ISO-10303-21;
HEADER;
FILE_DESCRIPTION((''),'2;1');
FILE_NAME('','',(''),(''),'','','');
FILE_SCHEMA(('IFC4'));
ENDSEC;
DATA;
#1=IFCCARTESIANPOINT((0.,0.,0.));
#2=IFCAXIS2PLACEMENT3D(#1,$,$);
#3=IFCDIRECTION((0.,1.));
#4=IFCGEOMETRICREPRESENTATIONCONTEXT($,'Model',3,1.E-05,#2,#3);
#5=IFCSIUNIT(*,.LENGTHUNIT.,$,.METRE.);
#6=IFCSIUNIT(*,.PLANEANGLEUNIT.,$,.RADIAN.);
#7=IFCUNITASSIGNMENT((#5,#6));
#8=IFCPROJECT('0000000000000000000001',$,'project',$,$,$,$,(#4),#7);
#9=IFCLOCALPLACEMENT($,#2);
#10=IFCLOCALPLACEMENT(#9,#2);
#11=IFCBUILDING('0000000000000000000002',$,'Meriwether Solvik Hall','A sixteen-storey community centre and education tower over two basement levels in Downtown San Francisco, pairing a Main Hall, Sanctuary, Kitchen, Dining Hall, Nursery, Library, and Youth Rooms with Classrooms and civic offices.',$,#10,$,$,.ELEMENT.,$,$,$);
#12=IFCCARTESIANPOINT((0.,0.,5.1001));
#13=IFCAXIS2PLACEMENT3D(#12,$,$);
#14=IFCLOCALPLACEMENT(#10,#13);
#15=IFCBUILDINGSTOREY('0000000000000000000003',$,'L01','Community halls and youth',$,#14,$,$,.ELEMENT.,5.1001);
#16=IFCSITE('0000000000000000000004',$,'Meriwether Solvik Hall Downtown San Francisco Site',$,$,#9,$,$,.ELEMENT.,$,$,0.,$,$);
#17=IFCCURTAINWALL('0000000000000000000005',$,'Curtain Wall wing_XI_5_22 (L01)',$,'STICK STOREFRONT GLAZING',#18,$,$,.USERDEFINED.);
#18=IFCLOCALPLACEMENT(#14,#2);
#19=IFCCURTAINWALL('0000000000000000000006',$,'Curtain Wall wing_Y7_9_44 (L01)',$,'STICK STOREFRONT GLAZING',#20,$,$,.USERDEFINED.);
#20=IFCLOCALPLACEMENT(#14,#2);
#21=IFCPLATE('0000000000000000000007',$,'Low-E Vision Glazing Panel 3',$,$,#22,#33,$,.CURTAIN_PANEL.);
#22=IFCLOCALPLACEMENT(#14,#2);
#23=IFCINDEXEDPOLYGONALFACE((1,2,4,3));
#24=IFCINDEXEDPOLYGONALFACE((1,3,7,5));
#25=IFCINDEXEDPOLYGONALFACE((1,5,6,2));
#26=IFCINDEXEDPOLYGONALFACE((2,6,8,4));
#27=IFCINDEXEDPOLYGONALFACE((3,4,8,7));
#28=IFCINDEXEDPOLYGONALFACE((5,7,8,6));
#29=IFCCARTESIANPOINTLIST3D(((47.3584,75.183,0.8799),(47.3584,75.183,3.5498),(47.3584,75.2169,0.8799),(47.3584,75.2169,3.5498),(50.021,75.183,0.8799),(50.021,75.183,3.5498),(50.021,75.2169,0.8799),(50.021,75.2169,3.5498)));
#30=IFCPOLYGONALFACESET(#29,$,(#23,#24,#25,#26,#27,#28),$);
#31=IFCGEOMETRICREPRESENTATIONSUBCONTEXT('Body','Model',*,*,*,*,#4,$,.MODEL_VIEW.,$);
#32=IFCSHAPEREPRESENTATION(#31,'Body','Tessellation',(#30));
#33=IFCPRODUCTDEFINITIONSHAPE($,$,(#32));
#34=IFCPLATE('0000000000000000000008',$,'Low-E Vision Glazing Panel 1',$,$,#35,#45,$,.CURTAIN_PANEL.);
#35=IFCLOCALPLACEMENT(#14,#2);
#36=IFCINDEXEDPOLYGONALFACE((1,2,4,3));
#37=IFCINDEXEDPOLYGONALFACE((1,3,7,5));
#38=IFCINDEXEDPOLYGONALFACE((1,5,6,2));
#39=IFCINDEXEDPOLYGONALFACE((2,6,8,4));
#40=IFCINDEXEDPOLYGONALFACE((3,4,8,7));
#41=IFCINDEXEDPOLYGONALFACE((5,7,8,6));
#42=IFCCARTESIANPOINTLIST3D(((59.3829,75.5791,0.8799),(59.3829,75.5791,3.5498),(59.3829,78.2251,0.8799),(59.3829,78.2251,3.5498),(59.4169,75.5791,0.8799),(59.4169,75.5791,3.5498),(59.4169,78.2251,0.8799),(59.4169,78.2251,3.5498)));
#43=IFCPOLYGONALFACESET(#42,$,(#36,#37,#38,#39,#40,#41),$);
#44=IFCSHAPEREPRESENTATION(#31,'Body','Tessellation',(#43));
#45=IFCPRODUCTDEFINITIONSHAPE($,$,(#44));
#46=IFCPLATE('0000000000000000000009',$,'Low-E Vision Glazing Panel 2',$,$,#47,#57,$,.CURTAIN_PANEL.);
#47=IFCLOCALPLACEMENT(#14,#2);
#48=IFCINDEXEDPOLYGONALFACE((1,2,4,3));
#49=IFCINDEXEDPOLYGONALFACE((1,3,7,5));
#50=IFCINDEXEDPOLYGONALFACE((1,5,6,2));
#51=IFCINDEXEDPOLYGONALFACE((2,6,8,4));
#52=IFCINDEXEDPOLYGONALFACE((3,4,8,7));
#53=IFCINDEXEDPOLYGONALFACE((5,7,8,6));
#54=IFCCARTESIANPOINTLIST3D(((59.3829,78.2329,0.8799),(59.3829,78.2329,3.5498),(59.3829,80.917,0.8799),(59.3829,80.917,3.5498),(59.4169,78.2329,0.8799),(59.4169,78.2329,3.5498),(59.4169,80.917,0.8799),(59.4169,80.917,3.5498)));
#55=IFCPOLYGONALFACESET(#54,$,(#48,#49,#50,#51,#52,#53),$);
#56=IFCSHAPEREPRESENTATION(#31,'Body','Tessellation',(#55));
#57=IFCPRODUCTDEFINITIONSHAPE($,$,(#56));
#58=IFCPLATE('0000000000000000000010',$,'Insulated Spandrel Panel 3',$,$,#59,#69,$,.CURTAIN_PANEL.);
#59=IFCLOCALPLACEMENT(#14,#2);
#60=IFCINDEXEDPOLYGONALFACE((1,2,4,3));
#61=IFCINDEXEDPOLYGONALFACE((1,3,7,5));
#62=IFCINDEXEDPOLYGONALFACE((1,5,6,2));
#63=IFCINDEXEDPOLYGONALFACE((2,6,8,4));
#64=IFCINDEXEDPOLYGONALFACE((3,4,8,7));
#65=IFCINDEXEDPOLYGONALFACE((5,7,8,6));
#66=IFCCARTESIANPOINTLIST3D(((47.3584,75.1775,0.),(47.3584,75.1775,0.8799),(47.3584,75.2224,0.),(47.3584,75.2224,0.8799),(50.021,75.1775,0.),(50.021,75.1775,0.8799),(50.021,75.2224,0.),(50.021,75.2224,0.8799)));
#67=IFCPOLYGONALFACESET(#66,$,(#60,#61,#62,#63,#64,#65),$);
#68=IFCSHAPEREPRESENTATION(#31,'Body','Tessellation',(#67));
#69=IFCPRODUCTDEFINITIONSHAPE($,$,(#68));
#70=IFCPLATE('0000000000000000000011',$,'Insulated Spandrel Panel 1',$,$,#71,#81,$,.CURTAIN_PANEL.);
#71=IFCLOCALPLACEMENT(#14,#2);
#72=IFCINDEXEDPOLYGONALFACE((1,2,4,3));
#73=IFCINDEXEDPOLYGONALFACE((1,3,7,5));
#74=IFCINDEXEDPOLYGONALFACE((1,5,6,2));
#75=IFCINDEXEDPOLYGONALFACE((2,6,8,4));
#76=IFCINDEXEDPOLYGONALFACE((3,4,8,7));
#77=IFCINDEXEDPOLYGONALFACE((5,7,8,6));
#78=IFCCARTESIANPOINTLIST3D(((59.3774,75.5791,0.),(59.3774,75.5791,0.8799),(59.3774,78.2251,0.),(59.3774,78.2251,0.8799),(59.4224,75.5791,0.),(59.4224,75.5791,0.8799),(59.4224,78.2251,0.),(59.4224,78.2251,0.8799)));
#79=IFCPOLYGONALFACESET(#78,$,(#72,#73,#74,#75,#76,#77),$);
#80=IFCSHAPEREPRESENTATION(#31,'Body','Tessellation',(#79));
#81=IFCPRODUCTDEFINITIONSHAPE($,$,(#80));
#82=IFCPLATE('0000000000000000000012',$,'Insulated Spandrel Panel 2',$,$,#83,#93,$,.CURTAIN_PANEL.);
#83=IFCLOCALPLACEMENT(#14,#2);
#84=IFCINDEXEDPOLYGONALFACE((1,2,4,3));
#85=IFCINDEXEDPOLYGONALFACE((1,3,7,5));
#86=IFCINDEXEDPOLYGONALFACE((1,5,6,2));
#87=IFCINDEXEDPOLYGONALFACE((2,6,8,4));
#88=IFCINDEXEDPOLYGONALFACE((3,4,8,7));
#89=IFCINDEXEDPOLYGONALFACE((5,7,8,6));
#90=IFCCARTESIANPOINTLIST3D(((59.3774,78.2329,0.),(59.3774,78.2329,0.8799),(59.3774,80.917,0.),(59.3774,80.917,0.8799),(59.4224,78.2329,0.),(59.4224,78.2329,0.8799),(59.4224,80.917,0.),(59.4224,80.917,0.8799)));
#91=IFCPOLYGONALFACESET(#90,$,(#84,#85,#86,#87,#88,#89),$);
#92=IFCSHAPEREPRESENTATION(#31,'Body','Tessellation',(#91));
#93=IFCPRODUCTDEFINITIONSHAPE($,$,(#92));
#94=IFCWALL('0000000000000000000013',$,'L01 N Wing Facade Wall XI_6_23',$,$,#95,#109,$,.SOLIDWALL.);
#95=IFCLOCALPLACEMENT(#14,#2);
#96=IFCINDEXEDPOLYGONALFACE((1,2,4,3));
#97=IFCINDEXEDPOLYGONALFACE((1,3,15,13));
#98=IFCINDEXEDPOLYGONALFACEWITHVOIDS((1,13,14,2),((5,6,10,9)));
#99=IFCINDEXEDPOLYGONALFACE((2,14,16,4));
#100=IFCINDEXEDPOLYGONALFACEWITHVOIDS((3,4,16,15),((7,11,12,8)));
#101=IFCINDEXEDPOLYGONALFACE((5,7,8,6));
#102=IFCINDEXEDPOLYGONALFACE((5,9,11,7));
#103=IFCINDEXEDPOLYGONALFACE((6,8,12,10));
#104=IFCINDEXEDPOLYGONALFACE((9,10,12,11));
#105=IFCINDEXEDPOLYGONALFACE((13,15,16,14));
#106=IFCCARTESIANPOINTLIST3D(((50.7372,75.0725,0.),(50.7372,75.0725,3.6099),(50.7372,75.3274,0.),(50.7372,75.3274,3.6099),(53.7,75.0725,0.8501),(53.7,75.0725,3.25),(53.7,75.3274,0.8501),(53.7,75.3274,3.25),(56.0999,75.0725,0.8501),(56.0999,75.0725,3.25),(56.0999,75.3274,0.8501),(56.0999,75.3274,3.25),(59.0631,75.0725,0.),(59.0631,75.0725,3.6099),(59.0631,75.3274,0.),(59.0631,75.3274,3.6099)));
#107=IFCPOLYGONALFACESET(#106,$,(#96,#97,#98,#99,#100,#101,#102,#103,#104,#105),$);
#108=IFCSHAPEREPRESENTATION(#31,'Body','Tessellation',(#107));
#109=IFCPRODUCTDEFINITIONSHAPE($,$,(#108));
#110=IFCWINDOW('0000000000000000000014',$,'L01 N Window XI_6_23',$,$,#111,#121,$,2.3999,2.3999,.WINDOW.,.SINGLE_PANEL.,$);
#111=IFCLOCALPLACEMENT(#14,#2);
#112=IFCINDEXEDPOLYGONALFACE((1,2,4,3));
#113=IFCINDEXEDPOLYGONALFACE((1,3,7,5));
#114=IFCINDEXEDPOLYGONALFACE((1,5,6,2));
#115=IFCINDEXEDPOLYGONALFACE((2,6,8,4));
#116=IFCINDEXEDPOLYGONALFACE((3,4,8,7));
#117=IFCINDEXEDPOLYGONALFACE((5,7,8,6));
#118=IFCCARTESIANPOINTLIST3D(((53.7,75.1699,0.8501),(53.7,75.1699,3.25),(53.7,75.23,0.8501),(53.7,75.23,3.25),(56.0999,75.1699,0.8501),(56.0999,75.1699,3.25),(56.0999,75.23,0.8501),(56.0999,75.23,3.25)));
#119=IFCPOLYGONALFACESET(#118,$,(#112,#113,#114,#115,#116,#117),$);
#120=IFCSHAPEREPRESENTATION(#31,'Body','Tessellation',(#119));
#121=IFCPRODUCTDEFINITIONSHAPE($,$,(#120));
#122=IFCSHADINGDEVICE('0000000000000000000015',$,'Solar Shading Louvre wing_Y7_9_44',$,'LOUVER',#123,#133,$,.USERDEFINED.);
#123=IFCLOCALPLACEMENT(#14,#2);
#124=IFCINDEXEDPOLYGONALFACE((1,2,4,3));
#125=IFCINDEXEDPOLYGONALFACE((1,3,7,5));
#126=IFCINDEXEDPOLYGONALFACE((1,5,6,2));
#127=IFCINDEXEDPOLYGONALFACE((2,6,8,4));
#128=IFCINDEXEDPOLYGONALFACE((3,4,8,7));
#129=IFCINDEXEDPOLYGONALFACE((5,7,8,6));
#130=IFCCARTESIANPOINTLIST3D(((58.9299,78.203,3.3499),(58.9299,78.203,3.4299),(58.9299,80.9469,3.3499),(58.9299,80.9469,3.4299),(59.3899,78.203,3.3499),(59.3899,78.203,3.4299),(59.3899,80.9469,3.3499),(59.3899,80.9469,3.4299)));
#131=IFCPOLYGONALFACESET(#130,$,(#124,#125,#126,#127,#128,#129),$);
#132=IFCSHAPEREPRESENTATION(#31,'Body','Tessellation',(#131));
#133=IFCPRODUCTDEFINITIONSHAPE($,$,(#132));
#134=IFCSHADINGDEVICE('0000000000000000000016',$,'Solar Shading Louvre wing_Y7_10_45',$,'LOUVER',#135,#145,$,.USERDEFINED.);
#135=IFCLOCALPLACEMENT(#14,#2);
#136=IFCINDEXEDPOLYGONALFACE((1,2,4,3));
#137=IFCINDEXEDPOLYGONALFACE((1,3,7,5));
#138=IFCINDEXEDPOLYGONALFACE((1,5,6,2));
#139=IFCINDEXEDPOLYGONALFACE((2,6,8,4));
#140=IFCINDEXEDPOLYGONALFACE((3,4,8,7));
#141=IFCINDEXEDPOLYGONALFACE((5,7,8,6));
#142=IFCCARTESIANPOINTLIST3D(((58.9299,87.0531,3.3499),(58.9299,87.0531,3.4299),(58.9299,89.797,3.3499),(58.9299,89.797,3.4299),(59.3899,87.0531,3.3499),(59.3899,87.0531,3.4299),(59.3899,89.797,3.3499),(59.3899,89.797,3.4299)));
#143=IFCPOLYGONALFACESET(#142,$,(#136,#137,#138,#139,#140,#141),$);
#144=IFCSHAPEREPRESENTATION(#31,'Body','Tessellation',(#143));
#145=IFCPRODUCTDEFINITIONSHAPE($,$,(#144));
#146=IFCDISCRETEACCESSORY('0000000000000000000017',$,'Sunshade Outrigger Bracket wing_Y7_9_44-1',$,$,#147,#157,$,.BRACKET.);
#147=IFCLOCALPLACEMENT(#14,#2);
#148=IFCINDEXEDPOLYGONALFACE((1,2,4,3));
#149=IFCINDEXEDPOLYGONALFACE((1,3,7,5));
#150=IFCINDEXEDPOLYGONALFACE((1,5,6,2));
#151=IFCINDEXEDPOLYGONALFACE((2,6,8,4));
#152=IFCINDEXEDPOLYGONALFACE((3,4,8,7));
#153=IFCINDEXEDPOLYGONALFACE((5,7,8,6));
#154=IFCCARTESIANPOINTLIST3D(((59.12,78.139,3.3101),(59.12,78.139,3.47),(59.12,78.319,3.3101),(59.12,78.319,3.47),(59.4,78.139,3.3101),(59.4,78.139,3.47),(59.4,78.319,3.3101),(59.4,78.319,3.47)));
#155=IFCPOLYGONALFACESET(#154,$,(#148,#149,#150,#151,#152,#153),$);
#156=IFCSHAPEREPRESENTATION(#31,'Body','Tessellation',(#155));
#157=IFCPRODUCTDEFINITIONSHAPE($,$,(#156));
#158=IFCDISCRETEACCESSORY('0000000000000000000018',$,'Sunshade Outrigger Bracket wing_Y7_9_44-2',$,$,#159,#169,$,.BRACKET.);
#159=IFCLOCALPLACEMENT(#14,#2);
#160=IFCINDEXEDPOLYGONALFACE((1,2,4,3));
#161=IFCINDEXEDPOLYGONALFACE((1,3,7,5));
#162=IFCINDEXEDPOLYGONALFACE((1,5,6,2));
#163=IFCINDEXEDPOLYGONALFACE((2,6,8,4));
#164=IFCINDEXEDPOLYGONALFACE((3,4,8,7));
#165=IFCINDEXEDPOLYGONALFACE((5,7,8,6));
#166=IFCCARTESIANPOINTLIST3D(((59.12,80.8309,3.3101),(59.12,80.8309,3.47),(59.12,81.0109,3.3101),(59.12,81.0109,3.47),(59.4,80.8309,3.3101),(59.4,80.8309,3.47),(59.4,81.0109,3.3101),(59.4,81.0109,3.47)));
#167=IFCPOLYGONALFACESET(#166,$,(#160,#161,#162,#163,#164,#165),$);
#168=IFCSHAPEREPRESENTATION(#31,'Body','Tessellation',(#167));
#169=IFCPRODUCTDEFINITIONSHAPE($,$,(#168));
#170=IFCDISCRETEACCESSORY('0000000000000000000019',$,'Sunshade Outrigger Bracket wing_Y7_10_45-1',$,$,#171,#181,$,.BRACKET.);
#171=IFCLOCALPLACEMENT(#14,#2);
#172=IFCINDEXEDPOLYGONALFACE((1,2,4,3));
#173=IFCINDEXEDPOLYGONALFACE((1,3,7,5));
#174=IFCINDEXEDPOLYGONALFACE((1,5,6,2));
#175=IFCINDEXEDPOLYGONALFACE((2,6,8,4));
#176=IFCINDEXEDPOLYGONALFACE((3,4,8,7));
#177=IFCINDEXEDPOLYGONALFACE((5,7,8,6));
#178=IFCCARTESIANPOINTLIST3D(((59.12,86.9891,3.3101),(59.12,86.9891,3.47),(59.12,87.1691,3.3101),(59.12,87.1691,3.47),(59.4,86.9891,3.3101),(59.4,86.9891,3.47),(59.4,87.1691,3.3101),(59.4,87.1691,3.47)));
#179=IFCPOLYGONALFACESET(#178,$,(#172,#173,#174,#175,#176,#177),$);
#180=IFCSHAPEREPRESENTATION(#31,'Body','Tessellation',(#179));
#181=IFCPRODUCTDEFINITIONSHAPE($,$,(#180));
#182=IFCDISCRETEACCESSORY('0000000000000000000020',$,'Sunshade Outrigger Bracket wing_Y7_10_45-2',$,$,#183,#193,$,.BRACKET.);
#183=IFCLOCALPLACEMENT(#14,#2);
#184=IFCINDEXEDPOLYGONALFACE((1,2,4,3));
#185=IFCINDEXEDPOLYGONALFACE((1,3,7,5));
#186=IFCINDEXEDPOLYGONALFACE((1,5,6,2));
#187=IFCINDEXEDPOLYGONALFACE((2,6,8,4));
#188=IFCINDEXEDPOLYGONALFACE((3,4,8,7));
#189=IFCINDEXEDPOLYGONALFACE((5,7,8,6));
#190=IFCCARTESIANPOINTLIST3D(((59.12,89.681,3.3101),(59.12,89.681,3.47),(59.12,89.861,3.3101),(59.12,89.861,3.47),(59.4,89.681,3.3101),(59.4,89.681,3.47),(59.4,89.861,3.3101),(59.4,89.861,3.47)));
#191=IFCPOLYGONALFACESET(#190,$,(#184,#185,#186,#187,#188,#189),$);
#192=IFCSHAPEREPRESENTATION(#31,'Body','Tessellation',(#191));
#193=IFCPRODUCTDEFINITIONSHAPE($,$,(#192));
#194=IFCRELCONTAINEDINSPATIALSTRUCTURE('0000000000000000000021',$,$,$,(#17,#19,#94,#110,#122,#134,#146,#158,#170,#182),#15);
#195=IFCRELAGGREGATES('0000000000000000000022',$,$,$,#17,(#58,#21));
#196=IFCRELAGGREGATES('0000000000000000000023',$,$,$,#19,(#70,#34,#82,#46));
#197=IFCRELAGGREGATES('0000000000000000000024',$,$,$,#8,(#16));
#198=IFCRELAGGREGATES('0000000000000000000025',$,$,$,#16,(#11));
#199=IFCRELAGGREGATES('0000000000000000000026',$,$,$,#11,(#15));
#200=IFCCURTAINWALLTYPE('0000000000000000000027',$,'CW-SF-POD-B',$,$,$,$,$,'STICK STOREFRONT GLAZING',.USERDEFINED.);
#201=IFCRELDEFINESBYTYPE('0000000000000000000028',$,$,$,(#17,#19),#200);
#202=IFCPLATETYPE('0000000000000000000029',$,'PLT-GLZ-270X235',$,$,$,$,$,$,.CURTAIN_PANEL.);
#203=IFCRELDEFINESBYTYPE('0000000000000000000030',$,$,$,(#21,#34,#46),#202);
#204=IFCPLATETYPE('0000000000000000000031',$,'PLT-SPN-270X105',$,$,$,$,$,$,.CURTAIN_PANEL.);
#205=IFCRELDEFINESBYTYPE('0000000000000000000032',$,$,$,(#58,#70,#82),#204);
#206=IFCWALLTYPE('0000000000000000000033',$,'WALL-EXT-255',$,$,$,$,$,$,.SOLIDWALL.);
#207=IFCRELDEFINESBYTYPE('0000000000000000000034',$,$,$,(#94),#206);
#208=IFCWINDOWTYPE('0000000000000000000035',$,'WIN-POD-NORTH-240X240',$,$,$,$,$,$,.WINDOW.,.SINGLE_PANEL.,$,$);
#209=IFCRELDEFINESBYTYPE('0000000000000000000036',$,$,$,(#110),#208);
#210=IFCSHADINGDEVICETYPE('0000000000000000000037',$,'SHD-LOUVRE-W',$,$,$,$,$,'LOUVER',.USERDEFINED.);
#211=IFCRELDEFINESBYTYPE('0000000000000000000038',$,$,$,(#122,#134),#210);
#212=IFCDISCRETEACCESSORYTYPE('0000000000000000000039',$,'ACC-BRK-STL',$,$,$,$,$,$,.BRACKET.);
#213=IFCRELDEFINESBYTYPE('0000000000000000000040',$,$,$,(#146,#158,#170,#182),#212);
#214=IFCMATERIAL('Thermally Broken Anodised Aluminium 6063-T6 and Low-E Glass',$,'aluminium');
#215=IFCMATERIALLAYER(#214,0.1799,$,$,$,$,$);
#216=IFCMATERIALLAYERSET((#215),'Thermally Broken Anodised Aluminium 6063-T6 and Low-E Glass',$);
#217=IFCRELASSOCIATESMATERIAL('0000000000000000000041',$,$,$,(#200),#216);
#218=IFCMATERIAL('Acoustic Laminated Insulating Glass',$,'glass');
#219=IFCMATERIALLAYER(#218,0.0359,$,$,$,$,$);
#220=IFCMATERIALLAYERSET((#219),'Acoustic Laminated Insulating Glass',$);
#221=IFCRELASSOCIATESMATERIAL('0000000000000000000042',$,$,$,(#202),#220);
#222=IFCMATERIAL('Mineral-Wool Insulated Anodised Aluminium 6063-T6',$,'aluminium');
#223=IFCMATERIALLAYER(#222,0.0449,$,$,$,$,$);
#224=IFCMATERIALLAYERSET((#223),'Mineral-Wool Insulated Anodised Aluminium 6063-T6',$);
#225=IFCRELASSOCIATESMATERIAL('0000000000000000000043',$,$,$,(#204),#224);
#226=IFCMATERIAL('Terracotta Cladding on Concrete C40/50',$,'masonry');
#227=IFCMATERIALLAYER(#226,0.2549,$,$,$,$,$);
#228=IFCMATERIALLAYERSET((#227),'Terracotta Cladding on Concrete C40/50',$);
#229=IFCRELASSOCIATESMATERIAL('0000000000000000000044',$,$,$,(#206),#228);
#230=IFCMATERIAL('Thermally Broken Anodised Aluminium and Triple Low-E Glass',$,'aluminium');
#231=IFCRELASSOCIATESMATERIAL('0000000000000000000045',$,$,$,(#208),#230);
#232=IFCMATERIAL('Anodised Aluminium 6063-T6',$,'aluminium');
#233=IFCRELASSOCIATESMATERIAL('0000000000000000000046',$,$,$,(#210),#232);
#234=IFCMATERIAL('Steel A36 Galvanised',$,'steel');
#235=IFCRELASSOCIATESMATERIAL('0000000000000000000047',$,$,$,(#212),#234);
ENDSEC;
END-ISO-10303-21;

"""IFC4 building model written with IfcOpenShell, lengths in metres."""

from ifc_helpers import new_model, si_unit, direction, frame, frame_2d, origin, origin_2d, place, context, subcontext, project, spatial, rectangle, extrude, material, layer, layer_set, type_object, element, fill, aggregate, save


model = new_model("IFC4")

# Units and contexts
model_context = context("Model", 3, precision=1e-05, world=origin(), true_north=direction((0.0, 1.0)))
body_context = subcontext(model_context, "Body", "Model", "MODEL_VIEW")
ifc_project = project(units=[si_unit("LENGTHUNIT", "METRE"), si_unit("PLANEANGLEUNIT", "RADIAN")], contexts=[model_context])

# Site, building, storey
site_placement = place(None, origin())
site = spatial("IfcSite", under=ifc_project, at=site_placement, Name="Meriwether Solvik Hall Downtown San Francisco Site", CompositionType="ELEMENT", RefElevation=0.0)
building_placement = place(site_placement, origin())
building = spatial("IfcBuilding", under=site, at=building_placement, Name="Meriwether Solvik Hall", Description="A sixteen-storey community centre and education tower over two basement levels in Downtown San Francisco, pairing a Main Hall, Sanctuary, Kitchen, Dining Hall, Nursery, Library, and Youth Rooms with Classrooms and civic offices.", CompositionType="ELEMENT")
storey_placement = place(building_placement, frame((0.0, 0.0, 5.1001)))
storey = spatial("IfcBuildingStorey", under=building, at=storey_placement, Name="L01", Description="Community halls and youth", CompositionType="ELEMENT", Elevation=5.1001)

# Curtain wall
ifc_material_1 = material(Name="Thermally Broken Anodised Aluminium 6063-T6 and Low-E Glass", Category="aluminium")
ifc_layer_1 = layer(ifc_material_1, 0.1799)
ifc_layer_set_1 = layer_set([ifc_layer_1], Name="Thermally Broken Anodised Aluminium 6063-T6 and Low-E Glass")
curtain_wall_type = type_object("IfcCurtainWallType", Name="CW-SF-POD-B", ElementType="STICK STOREFRONT GLAZING", PredefinedType="USERDEFINED", material=ifc_layer_set_1)
curtain_wall_1_placement = place(storey_placement, origin())
curtain_wall_1 = element("IfcCurtainWall", 1, at=curtain_wall_1_placement, inside=storey, type_object=curtain_wall_type, Name="Curtain Wall wing_XI_5_22 (L01)", ObjectType="STICK STOREFRONT GLAZING", PredefinedType="USERDEFINED")

# Curtain wall
curtain_wall_2_placement = place(storey_placement, origin())
curtain_wall_2 = element("IfcCurtainWall", 2, at=curtain_wall_2_placement, inside=storey, type_object=curtain_wall_type, Name="Curtain Wall wing_Y7_9_44 (L01)", ObjectType="STICK STOREFRONT GLAZING", PredefinedType="USERDEFINED")

# Plates
ifc_material_2 = material(Name="Acoustic Laminated Insulating Glass", Category="glass")
ifc_layer_2 = layer(ifc_material_2, 0.0359)
ifc_layer_set_2 = layer_set([ifc_layer_2], Name="Acoustic Laminated Insulating Glass")
plate_type_1 = type_object("IfcPlateType", Name="PLT-GLZ-270X235", PredefinedType="CURTAIN_PANEL", material=ifc_layer_set_2)
plate_1_placement = place(storey_placement, frame((48.6897, 75.2, 0.8799), z_axis=(0.0, 0.0, 1.0), x_axis=(1.0, 0.0, 0.0)))
plate_1 = element("IfcPlate", 3, at=plate_1_placement, type_object=plate_type_1, Name="Low-E Vision Glazing Panel 3", PredefinedType="CURTAIN_PANEL", context=body_context, shape_type="SweptSolid", body=[
    extrude(rectangle(XDim=2.6626, YDim=0.0339, at=origin_2d()), origin(), (0.0, 0.0, 1.0), 2.6699),
])
plate_2_placement = place(storey_placement, frame((59.3999, 76.9021, 0.8799), z_axis=(0.0, 0.0, 1.0), x_axis=(0.0, 1.0, 0.0)))
plate_2 = element("IfcPlate", 4, at=plate_2_placement, type_object=plate_type_1, Name="Low-E Vision Glazing Panel 1", PredefinedType="CURTAIN_PANEL", context=body_context, shape_type="SweptSolid", body=[
    extrude(rectangle(XDim=2.646, YDim=0.0339, at=origin_2d()), origin(), (0.0, 0.0, 1.0), 2.6699),
])
plate_3_placement = place(storey_placement, frame((59.3999, 79.575, 0.8799), z_axis=(0.0, 0.0, 1.0), x_axis=(0.0, 1.0, 0.0)))
plate_3 = element("IfcPlate", 5, at=plate_3_placement, type_object=plate_type_1, Name="Low-E Vision Glazing Panel 2", PredefinedType="CURTAIN_PANEL", context=body_context, shape_type="SweptSolid", body=[
    extrude(rectangle(XDim=2.6841, YDim=0.0339, at=origin_2d()), origin(), (0.0, 0.0, 1.0), 2.6699),
])
ifc_material_3 = material(Name="Mineral-Wool Insulated Anodised Aluminium 6063-T6", Category="aluminium")
ifc_layer_3 = layer(ifc_material_3, 0.0449)
ifc_layer_set_3 = layer_set([ifc_layer_3], Name="Mineral-Wool Insulated Anodised Aluminium 6063-T6")
plate_type_2 = type_object("IfcPlateType", Name="PLT-SPN-270X105", PredefinedType="CURTAIN_PANEL", material=ifc_layer_set_3)
plate_4_placement = place(storey_placement, frame((48.6897, 75.2, 0.0), z_axis=(0.0, 0.0, 1.0), x_axis=(1.0, 0.0, 0.0)))
plate_4 = element("IfcPlate", 6, at=plate_4_placement, type_object=plate_type_2, Name="Insulated Spandrel Panel 3", PredefinedType="CURTAIN_PANEL", context=body_context, shape_type="SweptSolid", body=[
    extrude(rectangle(XDim=2.6626, YDim=0.0449, at=origin_2d()), origin(), (0.0, 0.0, 1.0), 0.8799),
])
aggregate(curtain_wall_1, [plate_4, plate_1])
plate_5_placement = place(storey_placement, frame((59.3999, 76.9021, 0.0), z_axis=(0.0, 0.0, 1.0), x_axis=(0.0, 1.0, 0.0)))
plate_5 = element("IfcPlate", 7, at=plate_5_placement, type_object=plate_type_2, Name="Insulated Spandrel Panel 1", PredefinedType="CURTAIN_PANEL", context=body_context, shape_type="SweptSolid", body=[
    extrude(rectangle(XDim=2.646, YDim=0.0449, at=origin_2d()), origin(), (0.0, 0.0, 1.0), 0.8799),
])
plate_6_placement = place(storey_placement, frame((59.3999, 79.575, 0.0), z_axis=(0.0, 0.0, 1.0), x_axis=(0.0, 1.0, 0.0)))
plate_6 = element("IfcPlate", 8, at=plate_6_placement, type_object=plate_type_2, Name="Insulated Spandrel Panel 2", PredefinedType="CURTAIN_PANEL", context=body_context, shape_type="SweptSolid", body=[
    extrude(rectangle(XDim=2.6841, YDim=0.0449, at=origin_2d()), origin(), (0.0, 0.0, 1.0), 0.8799),
])
aggregate(curtain_wall_2, [plate_5, plate_2, plate_6, plate_3])

# Wall, opening, window
ifc_material_4 = material(Name="Terracotta Cladding on Concrete C40/50", Category="masonry")
ifc_layer_4 = layer(ifc_material_4, 0.2549)
ifc_layer_set_4 = layer_set([ifc_layer_4], Name="Terracotta Cladding on Concrete C40/50")
wall_type = type_object("IfcWallType", Name="WALL-EXT-255", PredefinedType="SOLIDWALL", material=ifc_layer_set_4)
wall_placement = place(storey_placement, frame((50.7371, 75.2, 0.0), z_axis=(0.0, 0.0, 1.0), x_axis=(1.0, 0.0, 0.0)))
wall = element("IfcWall", 9, at=wall_placement, inside=storey, type_object=wall_type, Name="L01 N Wing Facade Wall XI_6_23", PredefinedType="SOLIDWALL", context=body_context, shape_type="SweptSolid", body=[
    extrude(rectangle(XDim=8.3259, YDim=0.2549, at=frame_2d((4.1631, 0.0))), origin(), (0.0, 0.0, 1.0), 3.6099),
])
opening_placement = place(wall_placement, frame((2.9629, 0.0, 0.8501)))
opening = element("IfcOpeningElement", 10, at=opening_placement, cuts=wall, PredefinedType="OPENING", context=body_context, shape_type="SweptSolid", body=[
    extrude(rectangle(XDim=2.3999, YDim=2.3999, at=frame_2d((1.2, 1.2))), frame((0.0, 0.1394, 0.0), z_axis=(0.0, -1.0, 0.0), x_axis=(1.0, 0.0, 0.0)), (0.0, 0.0, 1.0), 0.2788),
])
ifc_material_5 = material(Name="Thermally Broken Anodised Aluminium and Triple Low-E Glass", Category="aluminium")
window_type = type_object("IfcWindowType", Name="WIN-POD-NORTH-240X240", PartitioningType="SINGLE_PANEL", PredefinedType="WINDOW", material=ifc_material_5)
window_placement = place(opening_placement, origin())
window = element("IfcWindow", 11, at=window_placement, inside=storey, type_object=window_type, Name="L01 N Window XI_6_23", OverallHeight=2.3999, OverallWidth=2.3999, PartitioningType="SINGLE_PANEL", PredefinedType="WINDOW", context=body_context, shape_type="SweptSolid", body=[
    extrude(rectangle(XDim=2.3999, YDim=2.3999, at=frame_2d((1.2, 1.2))), frame((0.0, 0.03, 0.0), z_axis=(0.0, -1.0, 0.0), x_axis=(1.0, 0.0, 0.0)), (0.0, 0.0, 1.0), 0.0601),
])
fill(opening, window)

# Shading devices
ifc_material_6 = material(Name="Anodised Aluminium 6063-T6", Category="aluminium")
shading_device_type = type_object("IfcShadingDeviceType", Name="SHD-LOUVRE-W", ElementType="LOUVER", PredefinedType="USERDEFINED", material=ifc_material_6)
for number, where, z_axis, x_axis, name in (
    (12, (59.1599, 79.575, 3.3499), (0.0, 0.0, 1.0), (0.0, 1.0, 0.0), "Solar Shading Louvre wing_Y7_9_44"),
    (13, (59.1599, 88.425, 3.3499), (0.0, 0.0, 1.0), (0.0, 1.0, 0.0), "Solar Shading Louvre wing_Y7_10_45"),
):
    element("IfcShadingDevice", number, at=place(storey_placement, frame(where, z_axis=z_axis, x_axis=x_axis)), inside=storey, type_object=shading_device_type, Name=name, ObjectType="LOUVER", PredefinedType="USERDEFINED", context=body_context, shape_type="SweptSolid", body=[
        extrude(rectangle(XDim=2.7439, YDim=0.46, at=origin_2d()), origin(), (0.0, 0.0, 1.0), 0.0801),
    ])

# Discrete accessories
ifc_material_7 = material(Name="Steel A36 Galvanised", Category="steel")
discrete_accessory_type = type_object("IfcDiscreteAccessoryType", Name="ACC-BRK-STL", PredefinedType="BRACKET", material=ifc_material_7)
for number, where, z_axis, x_axis, name in (
    (14, (59.26, 78.229, 3.3101), (0.0, 0.0, 1.0), (0.0, 1.0, 0.0), "Sunshade Outrigger Bracket wing_Y7_9_44-1"),
    (15, (59.26, 80.9209, 3.3101), (0.0, 0.0, 1.0), (0.0, 1.0, 0.0), "Sunshade Outrigger Bracket wing_Y7_9_44-2"),
    (16, (59.26, 87.0791, 3.3101), (0.0, 0.0, 1.0), (0.0, 1.0, 0.0), "Sunshade Outrigger Bracket wing_Y7_10_45-1"),
    (17, (59.26, 89.771, 3.3101), (0.0, 0.0, 1.0), (0.0, 1.0, 0.0), "Sunshade Outrigger Bracket wing_Y7_10_45-2"),
):
    element("IfcDiscreteAccessory", number, at=place(storey_placement, frame(where, z_axis=z_axis, x_axis=x_axis)), inside=storey, type_object=discrete_accessory_type, Name=name, PredefinedType="BRACKET", context=body_context, shape_type="SweptSolid", body=[
        extrude(rectangle(XDim=0.1799, YDim=0.28, at=origin_2d()), origin(), (0.0, 0.0, 1.0), 0.1599),
    ])

save(model, "model.ifc")
